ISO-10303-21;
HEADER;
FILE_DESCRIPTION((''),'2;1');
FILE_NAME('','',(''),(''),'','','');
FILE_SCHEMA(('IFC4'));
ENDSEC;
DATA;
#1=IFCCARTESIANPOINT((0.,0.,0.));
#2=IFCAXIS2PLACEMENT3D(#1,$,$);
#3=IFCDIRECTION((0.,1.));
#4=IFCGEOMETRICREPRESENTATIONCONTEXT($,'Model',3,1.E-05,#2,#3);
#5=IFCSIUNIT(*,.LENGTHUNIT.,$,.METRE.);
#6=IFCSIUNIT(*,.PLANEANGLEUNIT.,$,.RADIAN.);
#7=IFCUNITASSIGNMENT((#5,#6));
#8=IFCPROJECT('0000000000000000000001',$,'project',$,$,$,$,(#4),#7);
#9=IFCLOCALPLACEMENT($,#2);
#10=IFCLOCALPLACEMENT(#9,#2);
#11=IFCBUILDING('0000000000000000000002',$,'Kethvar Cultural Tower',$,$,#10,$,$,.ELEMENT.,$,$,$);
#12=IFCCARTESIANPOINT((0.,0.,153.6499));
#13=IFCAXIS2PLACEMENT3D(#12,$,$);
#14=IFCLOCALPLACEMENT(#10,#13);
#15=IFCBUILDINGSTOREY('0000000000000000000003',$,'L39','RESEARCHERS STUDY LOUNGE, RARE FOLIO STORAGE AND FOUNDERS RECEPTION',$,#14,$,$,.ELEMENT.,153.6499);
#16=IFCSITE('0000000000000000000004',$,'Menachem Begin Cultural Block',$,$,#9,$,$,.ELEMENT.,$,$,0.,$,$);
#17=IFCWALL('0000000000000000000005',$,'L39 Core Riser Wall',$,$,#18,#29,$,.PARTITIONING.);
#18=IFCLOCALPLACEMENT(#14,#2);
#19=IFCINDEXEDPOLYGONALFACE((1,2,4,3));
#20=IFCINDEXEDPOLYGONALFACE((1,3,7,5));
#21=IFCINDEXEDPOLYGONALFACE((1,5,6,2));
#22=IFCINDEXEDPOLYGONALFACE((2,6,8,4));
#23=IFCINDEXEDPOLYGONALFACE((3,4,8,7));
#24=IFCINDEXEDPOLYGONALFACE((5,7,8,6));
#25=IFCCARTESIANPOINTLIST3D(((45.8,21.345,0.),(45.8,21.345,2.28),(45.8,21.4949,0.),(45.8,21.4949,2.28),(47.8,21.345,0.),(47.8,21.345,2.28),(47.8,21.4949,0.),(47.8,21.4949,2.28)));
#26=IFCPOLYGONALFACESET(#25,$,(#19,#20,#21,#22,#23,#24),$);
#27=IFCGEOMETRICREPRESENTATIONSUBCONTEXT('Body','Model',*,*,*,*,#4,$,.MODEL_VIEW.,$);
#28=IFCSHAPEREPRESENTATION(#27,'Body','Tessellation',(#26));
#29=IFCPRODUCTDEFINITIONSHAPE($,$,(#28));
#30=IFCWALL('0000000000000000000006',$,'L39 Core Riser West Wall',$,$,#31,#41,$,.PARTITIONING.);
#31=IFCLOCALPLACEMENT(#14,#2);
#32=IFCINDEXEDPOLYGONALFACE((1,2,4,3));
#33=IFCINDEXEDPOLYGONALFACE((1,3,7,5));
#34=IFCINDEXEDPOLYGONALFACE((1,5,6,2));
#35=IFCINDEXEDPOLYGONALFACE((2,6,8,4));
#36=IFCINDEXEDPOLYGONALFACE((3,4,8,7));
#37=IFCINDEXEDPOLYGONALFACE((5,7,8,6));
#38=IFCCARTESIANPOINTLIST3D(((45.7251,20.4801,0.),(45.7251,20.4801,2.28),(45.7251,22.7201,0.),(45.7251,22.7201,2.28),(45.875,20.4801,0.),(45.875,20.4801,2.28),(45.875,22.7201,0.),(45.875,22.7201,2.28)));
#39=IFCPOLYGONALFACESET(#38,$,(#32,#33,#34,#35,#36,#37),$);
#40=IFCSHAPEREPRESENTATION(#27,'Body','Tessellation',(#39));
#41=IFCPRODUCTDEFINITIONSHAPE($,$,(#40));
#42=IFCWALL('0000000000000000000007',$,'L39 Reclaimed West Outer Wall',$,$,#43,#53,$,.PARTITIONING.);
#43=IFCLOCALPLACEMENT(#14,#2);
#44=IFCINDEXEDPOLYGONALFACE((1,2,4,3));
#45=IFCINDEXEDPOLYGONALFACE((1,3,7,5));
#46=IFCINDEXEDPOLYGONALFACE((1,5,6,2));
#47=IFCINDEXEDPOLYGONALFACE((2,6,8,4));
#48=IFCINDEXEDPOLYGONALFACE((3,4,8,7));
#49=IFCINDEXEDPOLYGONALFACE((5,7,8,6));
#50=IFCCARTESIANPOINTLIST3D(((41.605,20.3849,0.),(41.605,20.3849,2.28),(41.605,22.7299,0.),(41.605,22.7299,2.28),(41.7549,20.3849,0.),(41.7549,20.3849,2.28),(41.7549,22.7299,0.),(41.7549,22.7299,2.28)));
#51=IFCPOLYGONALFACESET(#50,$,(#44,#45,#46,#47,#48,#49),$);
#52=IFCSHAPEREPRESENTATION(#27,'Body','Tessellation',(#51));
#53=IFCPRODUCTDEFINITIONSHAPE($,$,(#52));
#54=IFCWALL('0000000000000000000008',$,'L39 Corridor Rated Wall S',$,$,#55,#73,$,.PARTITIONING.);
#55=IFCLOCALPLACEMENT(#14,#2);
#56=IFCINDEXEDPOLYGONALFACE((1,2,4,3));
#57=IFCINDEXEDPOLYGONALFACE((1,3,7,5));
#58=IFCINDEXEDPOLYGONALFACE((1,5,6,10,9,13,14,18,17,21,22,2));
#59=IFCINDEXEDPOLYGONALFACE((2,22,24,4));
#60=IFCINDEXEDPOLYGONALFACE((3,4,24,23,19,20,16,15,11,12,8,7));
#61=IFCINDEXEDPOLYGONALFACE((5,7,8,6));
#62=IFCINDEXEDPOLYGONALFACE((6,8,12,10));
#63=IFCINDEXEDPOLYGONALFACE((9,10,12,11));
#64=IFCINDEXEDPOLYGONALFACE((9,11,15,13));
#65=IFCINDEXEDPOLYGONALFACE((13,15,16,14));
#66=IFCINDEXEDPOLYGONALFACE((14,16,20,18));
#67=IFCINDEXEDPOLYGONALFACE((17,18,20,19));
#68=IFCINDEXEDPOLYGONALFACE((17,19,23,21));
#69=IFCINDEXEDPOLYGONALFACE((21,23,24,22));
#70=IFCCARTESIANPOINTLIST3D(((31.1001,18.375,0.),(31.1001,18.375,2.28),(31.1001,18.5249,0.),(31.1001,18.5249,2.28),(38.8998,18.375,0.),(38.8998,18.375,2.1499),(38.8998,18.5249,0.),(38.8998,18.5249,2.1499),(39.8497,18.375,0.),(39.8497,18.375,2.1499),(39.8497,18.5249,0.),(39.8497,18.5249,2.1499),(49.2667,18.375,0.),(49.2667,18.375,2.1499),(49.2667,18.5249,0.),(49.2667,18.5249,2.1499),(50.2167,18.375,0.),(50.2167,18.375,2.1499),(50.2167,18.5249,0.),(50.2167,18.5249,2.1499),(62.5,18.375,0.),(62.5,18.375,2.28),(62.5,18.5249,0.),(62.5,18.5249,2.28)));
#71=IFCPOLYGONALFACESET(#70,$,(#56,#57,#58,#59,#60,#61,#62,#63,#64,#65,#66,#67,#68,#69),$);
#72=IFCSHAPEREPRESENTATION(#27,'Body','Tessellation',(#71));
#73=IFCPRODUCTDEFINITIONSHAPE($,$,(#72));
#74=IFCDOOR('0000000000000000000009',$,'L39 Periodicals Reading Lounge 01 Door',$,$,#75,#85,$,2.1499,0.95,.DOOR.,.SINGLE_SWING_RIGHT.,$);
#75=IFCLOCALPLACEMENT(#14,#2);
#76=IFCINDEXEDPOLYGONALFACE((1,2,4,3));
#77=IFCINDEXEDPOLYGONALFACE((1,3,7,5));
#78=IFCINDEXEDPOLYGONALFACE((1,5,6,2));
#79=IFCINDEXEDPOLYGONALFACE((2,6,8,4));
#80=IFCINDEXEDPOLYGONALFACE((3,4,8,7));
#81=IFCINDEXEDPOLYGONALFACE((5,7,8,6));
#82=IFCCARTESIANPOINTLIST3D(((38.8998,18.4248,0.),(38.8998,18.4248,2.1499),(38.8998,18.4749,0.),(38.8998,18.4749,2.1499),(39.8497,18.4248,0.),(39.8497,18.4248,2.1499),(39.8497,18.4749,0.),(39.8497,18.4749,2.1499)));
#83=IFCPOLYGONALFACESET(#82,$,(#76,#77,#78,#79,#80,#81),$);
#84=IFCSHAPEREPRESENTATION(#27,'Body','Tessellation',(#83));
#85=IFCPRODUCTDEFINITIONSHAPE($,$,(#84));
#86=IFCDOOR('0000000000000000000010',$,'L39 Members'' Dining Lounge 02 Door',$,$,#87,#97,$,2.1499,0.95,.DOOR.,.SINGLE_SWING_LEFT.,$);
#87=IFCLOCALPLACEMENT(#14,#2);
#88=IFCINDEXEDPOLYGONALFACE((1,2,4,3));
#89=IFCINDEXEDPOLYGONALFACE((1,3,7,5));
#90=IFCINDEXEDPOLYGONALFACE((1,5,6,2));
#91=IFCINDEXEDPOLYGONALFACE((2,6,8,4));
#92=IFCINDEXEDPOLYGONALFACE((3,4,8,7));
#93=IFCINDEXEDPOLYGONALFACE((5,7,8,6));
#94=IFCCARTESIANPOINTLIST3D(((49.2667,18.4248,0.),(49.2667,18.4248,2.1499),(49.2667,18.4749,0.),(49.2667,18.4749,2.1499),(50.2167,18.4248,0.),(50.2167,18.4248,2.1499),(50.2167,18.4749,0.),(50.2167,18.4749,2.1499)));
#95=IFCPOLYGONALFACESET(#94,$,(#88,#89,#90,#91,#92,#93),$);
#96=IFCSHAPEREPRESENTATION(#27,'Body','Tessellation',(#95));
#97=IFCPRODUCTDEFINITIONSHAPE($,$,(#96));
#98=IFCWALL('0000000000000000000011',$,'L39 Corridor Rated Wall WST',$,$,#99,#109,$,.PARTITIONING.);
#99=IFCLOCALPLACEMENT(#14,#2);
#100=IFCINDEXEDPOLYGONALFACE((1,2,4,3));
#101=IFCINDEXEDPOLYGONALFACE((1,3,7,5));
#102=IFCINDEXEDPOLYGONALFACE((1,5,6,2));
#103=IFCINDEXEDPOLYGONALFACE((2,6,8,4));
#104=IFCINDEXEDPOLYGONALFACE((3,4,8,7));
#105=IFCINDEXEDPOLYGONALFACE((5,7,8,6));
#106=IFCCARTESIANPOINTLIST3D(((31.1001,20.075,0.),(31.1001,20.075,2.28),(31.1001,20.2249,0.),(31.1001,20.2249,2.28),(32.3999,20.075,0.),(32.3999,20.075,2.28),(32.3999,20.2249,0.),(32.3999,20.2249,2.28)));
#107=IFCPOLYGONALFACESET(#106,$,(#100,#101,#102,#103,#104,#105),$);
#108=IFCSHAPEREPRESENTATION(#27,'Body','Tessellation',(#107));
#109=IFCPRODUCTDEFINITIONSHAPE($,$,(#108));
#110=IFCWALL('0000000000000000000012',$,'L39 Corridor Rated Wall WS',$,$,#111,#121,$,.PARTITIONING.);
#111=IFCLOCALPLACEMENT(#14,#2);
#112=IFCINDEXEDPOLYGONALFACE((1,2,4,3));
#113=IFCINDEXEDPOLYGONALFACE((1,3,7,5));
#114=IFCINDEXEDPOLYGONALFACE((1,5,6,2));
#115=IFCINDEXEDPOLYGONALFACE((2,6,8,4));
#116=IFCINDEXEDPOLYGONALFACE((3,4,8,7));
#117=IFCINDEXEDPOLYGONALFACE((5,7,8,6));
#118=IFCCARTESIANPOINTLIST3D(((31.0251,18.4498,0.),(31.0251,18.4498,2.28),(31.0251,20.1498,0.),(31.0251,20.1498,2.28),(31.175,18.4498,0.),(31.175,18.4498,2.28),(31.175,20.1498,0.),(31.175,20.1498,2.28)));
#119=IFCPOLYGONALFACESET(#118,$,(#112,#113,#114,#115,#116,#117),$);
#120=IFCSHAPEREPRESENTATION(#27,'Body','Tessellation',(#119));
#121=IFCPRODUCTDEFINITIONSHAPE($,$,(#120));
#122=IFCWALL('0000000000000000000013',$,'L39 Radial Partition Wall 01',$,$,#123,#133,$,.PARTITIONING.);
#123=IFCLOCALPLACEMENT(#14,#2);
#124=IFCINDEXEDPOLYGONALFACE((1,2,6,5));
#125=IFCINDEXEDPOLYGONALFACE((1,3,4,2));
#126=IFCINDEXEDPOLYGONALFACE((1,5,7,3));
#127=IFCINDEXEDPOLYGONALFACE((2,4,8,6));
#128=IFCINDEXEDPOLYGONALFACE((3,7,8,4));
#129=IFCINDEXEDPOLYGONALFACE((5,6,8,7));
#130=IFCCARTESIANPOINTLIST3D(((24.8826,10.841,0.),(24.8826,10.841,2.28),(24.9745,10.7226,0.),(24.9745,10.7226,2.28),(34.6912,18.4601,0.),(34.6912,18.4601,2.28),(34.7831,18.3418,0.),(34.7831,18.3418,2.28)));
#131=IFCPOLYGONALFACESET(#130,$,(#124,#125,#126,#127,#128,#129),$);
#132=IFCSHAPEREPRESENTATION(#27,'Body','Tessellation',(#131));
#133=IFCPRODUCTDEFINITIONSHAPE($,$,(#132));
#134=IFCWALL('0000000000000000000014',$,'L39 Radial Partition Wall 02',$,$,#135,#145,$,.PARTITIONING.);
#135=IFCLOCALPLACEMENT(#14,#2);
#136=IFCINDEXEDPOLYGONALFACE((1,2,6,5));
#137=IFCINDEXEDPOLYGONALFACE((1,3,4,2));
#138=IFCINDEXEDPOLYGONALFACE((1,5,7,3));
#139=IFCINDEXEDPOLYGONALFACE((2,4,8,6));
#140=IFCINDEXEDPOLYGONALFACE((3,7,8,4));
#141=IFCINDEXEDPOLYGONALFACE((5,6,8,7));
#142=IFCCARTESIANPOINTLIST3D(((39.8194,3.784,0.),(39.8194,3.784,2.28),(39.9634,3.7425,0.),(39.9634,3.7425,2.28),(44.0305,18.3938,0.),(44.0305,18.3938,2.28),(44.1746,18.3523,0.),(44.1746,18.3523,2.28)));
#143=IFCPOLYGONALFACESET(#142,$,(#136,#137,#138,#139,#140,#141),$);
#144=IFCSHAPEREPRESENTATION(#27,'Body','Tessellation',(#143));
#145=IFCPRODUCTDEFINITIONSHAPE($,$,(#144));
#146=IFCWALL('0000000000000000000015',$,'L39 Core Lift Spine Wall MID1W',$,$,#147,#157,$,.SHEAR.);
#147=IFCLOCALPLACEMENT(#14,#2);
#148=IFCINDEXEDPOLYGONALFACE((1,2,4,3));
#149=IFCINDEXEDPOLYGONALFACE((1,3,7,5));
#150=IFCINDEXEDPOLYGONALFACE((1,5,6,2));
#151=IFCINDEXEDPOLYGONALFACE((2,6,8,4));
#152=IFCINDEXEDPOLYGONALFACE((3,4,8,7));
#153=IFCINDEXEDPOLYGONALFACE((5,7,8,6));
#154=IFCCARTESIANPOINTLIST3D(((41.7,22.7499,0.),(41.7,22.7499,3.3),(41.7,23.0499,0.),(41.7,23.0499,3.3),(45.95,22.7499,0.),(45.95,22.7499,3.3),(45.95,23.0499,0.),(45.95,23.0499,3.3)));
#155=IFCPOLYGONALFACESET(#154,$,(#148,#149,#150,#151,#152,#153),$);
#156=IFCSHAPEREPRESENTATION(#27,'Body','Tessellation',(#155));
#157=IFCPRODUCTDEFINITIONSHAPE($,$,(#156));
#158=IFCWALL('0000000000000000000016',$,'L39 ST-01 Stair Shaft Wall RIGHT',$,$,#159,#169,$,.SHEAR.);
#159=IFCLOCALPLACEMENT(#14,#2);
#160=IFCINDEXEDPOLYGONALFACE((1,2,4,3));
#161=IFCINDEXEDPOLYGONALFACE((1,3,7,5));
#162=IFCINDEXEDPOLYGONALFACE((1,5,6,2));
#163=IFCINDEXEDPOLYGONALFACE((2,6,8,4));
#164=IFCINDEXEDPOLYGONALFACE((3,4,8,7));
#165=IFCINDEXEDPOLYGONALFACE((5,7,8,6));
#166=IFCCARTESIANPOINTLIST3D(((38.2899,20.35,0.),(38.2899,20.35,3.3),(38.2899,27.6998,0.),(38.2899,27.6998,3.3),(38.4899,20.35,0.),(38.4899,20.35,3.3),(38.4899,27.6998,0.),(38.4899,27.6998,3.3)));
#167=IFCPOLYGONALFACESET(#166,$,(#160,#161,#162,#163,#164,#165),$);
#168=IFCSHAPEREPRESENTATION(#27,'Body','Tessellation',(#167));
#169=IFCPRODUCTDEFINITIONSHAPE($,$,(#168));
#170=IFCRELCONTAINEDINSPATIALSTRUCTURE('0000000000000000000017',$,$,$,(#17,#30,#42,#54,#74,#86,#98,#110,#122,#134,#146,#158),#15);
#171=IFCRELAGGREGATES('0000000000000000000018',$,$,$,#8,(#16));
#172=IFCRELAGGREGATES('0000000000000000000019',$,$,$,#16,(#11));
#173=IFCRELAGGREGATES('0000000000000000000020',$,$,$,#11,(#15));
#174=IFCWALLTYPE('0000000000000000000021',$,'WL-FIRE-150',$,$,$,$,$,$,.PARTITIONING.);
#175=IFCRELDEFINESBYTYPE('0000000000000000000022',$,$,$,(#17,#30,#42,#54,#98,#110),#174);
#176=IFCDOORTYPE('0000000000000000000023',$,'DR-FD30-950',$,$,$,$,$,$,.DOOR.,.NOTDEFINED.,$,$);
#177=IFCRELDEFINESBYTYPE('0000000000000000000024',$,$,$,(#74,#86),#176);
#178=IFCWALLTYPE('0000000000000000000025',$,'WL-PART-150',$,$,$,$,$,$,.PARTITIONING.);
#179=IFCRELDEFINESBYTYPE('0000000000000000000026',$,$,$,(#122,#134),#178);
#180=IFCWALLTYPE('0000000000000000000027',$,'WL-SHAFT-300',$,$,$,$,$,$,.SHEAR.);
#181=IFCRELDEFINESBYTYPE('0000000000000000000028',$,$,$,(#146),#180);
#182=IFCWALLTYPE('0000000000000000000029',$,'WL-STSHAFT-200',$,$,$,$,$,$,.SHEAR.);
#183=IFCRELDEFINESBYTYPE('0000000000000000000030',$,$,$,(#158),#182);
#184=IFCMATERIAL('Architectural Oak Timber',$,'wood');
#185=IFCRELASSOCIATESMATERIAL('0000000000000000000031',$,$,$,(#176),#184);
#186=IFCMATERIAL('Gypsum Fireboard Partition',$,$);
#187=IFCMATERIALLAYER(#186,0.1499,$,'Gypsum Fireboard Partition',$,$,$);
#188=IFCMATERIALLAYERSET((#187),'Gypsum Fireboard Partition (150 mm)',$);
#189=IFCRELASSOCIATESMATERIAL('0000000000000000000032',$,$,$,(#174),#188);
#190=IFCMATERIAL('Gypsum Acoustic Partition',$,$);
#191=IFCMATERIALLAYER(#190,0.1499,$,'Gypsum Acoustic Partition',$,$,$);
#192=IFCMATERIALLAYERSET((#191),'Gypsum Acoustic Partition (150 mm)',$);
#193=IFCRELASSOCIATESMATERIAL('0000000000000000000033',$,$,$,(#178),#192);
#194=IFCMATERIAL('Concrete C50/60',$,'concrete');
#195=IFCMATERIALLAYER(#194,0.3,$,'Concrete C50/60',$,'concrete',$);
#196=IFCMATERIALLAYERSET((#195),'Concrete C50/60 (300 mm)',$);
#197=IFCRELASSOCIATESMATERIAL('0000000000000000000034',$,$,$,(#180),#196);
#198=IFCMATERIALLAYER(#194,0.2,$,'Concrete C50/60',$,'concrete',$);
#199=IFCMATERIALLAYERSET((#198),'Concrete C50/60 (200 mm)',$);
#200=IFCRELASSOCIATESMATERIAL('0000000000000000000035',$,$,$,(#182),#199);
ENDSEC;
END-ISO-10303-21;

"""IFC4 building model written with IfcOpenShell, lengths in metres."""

from ifc_helpers import new_model, si_unit, direction, frame, frame_2d, origin, place, context, subcontext, project, spatial, rectangle, extrude, source, transform, mapped, material, layer, layer_set, type_object, element, fill, save


model = new_model("IFC4")

# Units and contexts
model_context = context("Model", 3, precision=1e-05, world=origin(), true_north=direction((0.0, 1.0)))
body_context = subcontext(model_context, "Body", "Model", "MODEL_VIEW")
ifc_project = project(units=[si_unit("LENGTHUNIT", "METRE"), si_unit("PLANEANGLEUNIT", "RADIAN")], contexts=[model_context])

# Site, building, storey
site_placement = place(None, origin())
site = spatial("IfcSite", under=ifc_project, at=site_placement, Name="Menachem Begin Cultural Block", CompositionType="ELEMENT", RefElevation=0.0)
building_placement = place(site_placement, origin())
building = spatial("IfcBuilding", under=site, at=building_placement, Name="Kethvar Cultural Tower", CompositionType="ELEMENT")
storey_placement = place(building_placement, frame((0.0, 0.0, 153.6499)))
storey = spatial("IfcBuildingStorey", under=building, at=storey_placement, Name="L39", Description="RESEARCHERS STUDY LOUNGE, RARE FOLIO STORAGE AND FOUNDERS RECEPTION", CompositionType="ELEMENT", Elevation=153.6499)

# Shared definitions
ifc_material_1 = material(Name="Architectural Oak Timber", Category="wood")
door_type_1 = type_object("IfcDoorType", Name="DR-FD30-950", OperationType="NOTDEFINED", PredefinedType="DOOR", material=ifc_material_1)
shared_shape_1 = source(origin(), body_context, "Body", "SweptSolid", [
    extrude(rectangle(XDim=0.95, YDim=2.1499, at=frame_2d((0.4751, 1.075))), frame((0.0, 0.0249, 0.0), z_axis=(0.0, -1.0, 0.0), x_axis=(1.0, 0.0, 0.0)), (0.0, 0.0, 1.0), 0.05),
])

# Walls
ifc_material_2 = material(Name="Gypsum Fireboard Partition")
ifc_layer_1 = layer(ifc_material_2, 0.1499, Name="Gypsum Fireboard Partition")
ifc_layer_set_1 = layer_set([ifc_layer_1], Name="Gypsum Fireboard Partition (150 mm)")
wall_type_1 = type_object("IfcWallType", Name="WL-FIRE-150", PredefinedType="PARTITIONING", material=ifc_layer_set_1)
wall_1_placement = place(storey_placement, frame((45.8, 21.4199, 0.0), z_axis=(0.0, 0.0, 1.0), x_axis=(1.0, 0.0, 0.0)))
element("IfcWall", 1, at=wall_1_placement, inside=storey, type_object=wall_type_1, Name="L39 Core Riser Wall", PredefinedType="PARTITIONING", context=body_context, shape_type="SweptSolid", body=[
    extrude(rectangle(XDim=2.0, YDim=0.1499, at=frame_2d((1.0, 0.0))), origin(), (0.0, 0.0, 1.0), 2.28),
])
wall_2_placement = place(storey_placement, frame((45.8, 20.48, 0.0), z_axis=(0.0, 0.0, 1.0), x_axis=(0.0, 1.0, 0.0)))
element("IfcWall", 2, at=wall_2_placement, inside=storey, type_object=wall_type_1, Name="L39 Core Riser West Wall", PredefinedType="PARTITIONING", context=body_context, shape_type="SweptSolid", body=[
    extrude(rectangle(XDim=2.24, YDim=0.1499, at=frame_2d((1.1201, 0.0))), origin(), (0.0, 0.0, 1.0), 2.28),
])
wall_3_placement = place(storey_placement, frame((41.6799, 20.385, 0.0), z_axis=(0.0, 0.0, 1.0), x_axis=(0.0, 1.0, 0.0)))
element("IfcWall", 3, at=wall_3_placement, inside=storey, type_object=wall_type_1, Name="L39 Reclaimed West Outer Wall", PredefinedType="PARTITIONING", context=body_context, shape_type="SweptSolid", body=[
    extrude(rectangle(XDim=2.345, YDim=0.1499, at=frame_2d((1.1724, 0.0))), origin(), (0.0, 0.0, 1.0), 2.28),
])

# Wall, openings, doors
wall_4_placement = place(storey_placement, frame((31.1001, 18.45, 0.0), z_axis=(0.0, 0.0, 1.0), x_axis=(1.0, 0.0, 0.0)))
wall_4 = element("IfcWall", 4, at=wall_4_placement, inside=storey, type_object=wall_type_1, Name="L39 Corridor Rated Wall S", PredefinedType="PARTITIONING", context=body_context, shape_type="SweptSolid", body=[
    extrude(rectangle(XDim=31.3999, YDim=0.1499, at=frame_2d((15.7, 0.0))), origin(), (0.0, 0.0, 1.0), 2.28),
])
opening_1_placement = place(wall_4_placement, frame((7.7996, 0.0, 0.0)))
opening_1 = element("IfcOpeningElement", 5, at=opening_1_placement, cuts=wall_4, PredefinedType="OPENING", context=body_context, shape_type="SweptSolid", body=[
    extrude(rectangle(XDim=0.95, YDim=2.1499, at=frame_2d((0.4751, 1.075))), frame((0.0, 0.085, 0.0), z_axis=(0.0, -1.0, 0.0), x_axis=(1.0, 0.0, 0.0)), (0.0, 0.0, 1.0), 0.1699),
])
opening_2_placement = place(wall_4_placement, frame((18.1665, 0.0, 0.0)))
opening_2 = element("IfcOpeningElement", 6, at=opening_2_placement, cuts=wall_4, PredefinedType="OPENING", context=body_context, shape_type="SweptSolid", body=[
    extrude(rectangle(XDim=0.95, YDim=2.1499, at=frame_2d((0.4751, 1.075))), frame((0.0, 0.085, 0.0), z_axis=(0.0, -1.0, 0.0), x_axis=(1.0, 0.0, 0.0)), (0.0, 0.0, 1.0), 0.1699),
])
door_1_placement = place(opening_1_placement, origin())
door_1 = element("IfcDoor", 7, at=door_1_placement, inside=storey, type_object=door_type_1, Name="L39 Periodicals Reading Lounge 01 Door", OperationType="SINGLE_SWING_RIGHT", OverallHeight=2.1499, OverallWidth=0.95, PredefinedType="DOOR", context=body_context, shape_type="MappedRepresentation", body=[
    mapped(shared_shape_1, transform((0.0, 0.0, 0.0), scale=1.0)),
])
fill(opening_1, door_1)
door_2_placement = place(opening_2_placement, origin())
door_2 = element("IfcDoor", 8, at=door_2_placement, inside=storey, type_object=door_type_1, Name="L39 Members' Dining Lounge 02 Door", OperationType="SINGLE_SWING_LEFT", OverallHeight=2.1499, OverallWidth=0.95, PredefinedType="DOOR", context=body_context, shape_type="MappedRepresentation", body=[
    mapped(shared_shape_1, transform((0.0, 0.0, 0.0), scale=1.0)),
])
fill(opening_2, door_2)

# Walls
wall_5_placement = place(storey_placement, frame((32.3999, 20.1499, 0.0), z_axis=(0.0, 0.0, 1.0), x_axis=(-1.0, 0.0, 0.0)))
element("IfcWall", 9, at=wall_5_placement, inside=storey, type_object=wall_type_1, Name="L39 Corridor Rated Wall WST", PredefinedType="PARTITIONING", context=body_context, shape_type="SweptSolid", body=[
    extrude(rectangle(XDim=1.2998, YDim=0.1499, at=frame_2d((0.6499, 0.0))), origin(), (0.0, 0.0, 1.0), 2.28),
])
wall_6_placement = place(storey_placement, frame((31.1001, 20.1499, 0.0), z_axis=(0.0, 0.0, 1.0), x_axis=(0.0, -1.0, 0.0)))
element("IfcWall", 10, at=wall_6_placement, inside=storey, type_object=wall_type_1, Name="L39 Corridor Rated Wall WS", PredefinedType="PARTITIONING", context=body_context, shape_type="SweptSolid", body=[
    extrude(rectangle(XDim=1.7, YDim=0.1499, at=frame_2d((0.8501, 0.0))), origin(), (0.0, 0.0, 1.0), 2.28),
])
ifc_material_3 = material(Name="Gypsum Acoustic Partition")
ifc_layer_2 = layer(ifc_material_3, 0.1499, Name="Gypsum Acoustic Partition")
ifc_layer_set_2 = layer_set([ifc_layer_2], Name="Gypsum Acoustic Partition (150 mm)")
wall_type_2 = type_object("IfcWallType", Name="WL-PART-150", PredefinedType="PARTITIONING", material=ifc_layer_set_2)
wall_7_placement = place(storey_placement, frame((34.7371, 18.4009, 0.0), z_axis=(0.0, 0.0, 1.0), x_axis=(-0.789733, -0.613451, 0.0)))
element("IfcWall", 11, at=wall_7_placement, inside=storey, type_object=wall_type_2, Name="L39 Radial Partition Wall 01", PredefinedType="PARTITIONING", context=body_context, shape_type="SweptSolid", body=[
    extrude(rectangle(XDim=12.4202, YDim=0.1499, at=frame_2d((6.21, 0.0))), origin(), (0.0, 0.0, 1.0), 2.28),
])
wall_8_placement = place(storey_placement, frame((44.1025, 18.373, 0.0), z_axis=(0.0, 0.0, 1.0), x_axis=(-0.276966, -0.96088, 0.0)))
element("IfcWall", 12, at=wall_8_placement, inside=storey, type_object=wall_type_2, Name="L39 Radial Partition Wall 02", PredefinedType="PARTITIONING", context=body_context, shape_type="SweptSolid", body=[
    extrude(rectangle(XDim=15.2046, YDim=0.1499, at=frame_2d((7.6023, 0.0))), origin(), (0.0, 0.0, 1.0), 2.28),
])
ifc_material_4 = material(Name="Concrete C50/60", Category="concrete")
ifc_layer_3 = layer(ifc_material_4, 0.3, Name="Concrete C50/60", Category="concrete")
ifc_layer_set_3 = layer_set([ifc_layer_3], Name="Concrete C50/60 (300 mm)")
wall_type_3 = type_object("IfcWallType", Name="WL-SHAFT-300", PredefinedType="SHEAR", material=ifc_layer_set_3)
wall_9_placement = place(storey_placement, frame((41.7, 22.8999, 0.0), z_axis=(0.0, 0.0, 1.0), x_axis=(1.0, 0.0, 0.0)))
element("IfcWall", 13, at=wall_9_placement, inside=storey, type_object=wall_type_3, Name="L39 Core Lift Spine Wall MID1W", PredefinedType="SHEAR", context=body_context, shape_type="SweptSolid", body=[
    extrude(rectangle(XDim=4.25, YDim=0.3, at=frame_2d((2.125, 0.0))), origin(), (0.0, 0.0, 1.0), 3.3),
])
ifc_layer_4 = layer(ifc_material_4, 0.2, Name="Concrete C50/60", Category="concrete")
ifc_layer_set_4 = layer_set([ifc_layer_4], Name="Concrete C50/60 (200 mm)")
wall_type_4 = type_object("IfcWallType", Name="WL-STSHAFT-200", PredefinedType="SHEAR", material=ifc_layer_set_4)
wall_10_placement = place(storey_placement, frame((38.3899, 20.3501, 0.0), z_axis=(0.0, 0.0, 1.0), x_axis=(0.0, 1.0, 0.0)))
element("IfcWall", 14, at=wall_10_placement, inside=storey, type_object=wall_type_4, Name="L39 ST-01 Stair Shaft Wall RIGHT", PredefinedType="SHEAR", context=body_context, shape_type="SweptSolid", body=[
    extrude(rectangle(XDim=7.3499, YDim=0.2, at=frame_2d((3.6748, 0.0))), origin(), (0.0, 0.0, 1.0), 3.3),
])

save(model, "model.ifc")
